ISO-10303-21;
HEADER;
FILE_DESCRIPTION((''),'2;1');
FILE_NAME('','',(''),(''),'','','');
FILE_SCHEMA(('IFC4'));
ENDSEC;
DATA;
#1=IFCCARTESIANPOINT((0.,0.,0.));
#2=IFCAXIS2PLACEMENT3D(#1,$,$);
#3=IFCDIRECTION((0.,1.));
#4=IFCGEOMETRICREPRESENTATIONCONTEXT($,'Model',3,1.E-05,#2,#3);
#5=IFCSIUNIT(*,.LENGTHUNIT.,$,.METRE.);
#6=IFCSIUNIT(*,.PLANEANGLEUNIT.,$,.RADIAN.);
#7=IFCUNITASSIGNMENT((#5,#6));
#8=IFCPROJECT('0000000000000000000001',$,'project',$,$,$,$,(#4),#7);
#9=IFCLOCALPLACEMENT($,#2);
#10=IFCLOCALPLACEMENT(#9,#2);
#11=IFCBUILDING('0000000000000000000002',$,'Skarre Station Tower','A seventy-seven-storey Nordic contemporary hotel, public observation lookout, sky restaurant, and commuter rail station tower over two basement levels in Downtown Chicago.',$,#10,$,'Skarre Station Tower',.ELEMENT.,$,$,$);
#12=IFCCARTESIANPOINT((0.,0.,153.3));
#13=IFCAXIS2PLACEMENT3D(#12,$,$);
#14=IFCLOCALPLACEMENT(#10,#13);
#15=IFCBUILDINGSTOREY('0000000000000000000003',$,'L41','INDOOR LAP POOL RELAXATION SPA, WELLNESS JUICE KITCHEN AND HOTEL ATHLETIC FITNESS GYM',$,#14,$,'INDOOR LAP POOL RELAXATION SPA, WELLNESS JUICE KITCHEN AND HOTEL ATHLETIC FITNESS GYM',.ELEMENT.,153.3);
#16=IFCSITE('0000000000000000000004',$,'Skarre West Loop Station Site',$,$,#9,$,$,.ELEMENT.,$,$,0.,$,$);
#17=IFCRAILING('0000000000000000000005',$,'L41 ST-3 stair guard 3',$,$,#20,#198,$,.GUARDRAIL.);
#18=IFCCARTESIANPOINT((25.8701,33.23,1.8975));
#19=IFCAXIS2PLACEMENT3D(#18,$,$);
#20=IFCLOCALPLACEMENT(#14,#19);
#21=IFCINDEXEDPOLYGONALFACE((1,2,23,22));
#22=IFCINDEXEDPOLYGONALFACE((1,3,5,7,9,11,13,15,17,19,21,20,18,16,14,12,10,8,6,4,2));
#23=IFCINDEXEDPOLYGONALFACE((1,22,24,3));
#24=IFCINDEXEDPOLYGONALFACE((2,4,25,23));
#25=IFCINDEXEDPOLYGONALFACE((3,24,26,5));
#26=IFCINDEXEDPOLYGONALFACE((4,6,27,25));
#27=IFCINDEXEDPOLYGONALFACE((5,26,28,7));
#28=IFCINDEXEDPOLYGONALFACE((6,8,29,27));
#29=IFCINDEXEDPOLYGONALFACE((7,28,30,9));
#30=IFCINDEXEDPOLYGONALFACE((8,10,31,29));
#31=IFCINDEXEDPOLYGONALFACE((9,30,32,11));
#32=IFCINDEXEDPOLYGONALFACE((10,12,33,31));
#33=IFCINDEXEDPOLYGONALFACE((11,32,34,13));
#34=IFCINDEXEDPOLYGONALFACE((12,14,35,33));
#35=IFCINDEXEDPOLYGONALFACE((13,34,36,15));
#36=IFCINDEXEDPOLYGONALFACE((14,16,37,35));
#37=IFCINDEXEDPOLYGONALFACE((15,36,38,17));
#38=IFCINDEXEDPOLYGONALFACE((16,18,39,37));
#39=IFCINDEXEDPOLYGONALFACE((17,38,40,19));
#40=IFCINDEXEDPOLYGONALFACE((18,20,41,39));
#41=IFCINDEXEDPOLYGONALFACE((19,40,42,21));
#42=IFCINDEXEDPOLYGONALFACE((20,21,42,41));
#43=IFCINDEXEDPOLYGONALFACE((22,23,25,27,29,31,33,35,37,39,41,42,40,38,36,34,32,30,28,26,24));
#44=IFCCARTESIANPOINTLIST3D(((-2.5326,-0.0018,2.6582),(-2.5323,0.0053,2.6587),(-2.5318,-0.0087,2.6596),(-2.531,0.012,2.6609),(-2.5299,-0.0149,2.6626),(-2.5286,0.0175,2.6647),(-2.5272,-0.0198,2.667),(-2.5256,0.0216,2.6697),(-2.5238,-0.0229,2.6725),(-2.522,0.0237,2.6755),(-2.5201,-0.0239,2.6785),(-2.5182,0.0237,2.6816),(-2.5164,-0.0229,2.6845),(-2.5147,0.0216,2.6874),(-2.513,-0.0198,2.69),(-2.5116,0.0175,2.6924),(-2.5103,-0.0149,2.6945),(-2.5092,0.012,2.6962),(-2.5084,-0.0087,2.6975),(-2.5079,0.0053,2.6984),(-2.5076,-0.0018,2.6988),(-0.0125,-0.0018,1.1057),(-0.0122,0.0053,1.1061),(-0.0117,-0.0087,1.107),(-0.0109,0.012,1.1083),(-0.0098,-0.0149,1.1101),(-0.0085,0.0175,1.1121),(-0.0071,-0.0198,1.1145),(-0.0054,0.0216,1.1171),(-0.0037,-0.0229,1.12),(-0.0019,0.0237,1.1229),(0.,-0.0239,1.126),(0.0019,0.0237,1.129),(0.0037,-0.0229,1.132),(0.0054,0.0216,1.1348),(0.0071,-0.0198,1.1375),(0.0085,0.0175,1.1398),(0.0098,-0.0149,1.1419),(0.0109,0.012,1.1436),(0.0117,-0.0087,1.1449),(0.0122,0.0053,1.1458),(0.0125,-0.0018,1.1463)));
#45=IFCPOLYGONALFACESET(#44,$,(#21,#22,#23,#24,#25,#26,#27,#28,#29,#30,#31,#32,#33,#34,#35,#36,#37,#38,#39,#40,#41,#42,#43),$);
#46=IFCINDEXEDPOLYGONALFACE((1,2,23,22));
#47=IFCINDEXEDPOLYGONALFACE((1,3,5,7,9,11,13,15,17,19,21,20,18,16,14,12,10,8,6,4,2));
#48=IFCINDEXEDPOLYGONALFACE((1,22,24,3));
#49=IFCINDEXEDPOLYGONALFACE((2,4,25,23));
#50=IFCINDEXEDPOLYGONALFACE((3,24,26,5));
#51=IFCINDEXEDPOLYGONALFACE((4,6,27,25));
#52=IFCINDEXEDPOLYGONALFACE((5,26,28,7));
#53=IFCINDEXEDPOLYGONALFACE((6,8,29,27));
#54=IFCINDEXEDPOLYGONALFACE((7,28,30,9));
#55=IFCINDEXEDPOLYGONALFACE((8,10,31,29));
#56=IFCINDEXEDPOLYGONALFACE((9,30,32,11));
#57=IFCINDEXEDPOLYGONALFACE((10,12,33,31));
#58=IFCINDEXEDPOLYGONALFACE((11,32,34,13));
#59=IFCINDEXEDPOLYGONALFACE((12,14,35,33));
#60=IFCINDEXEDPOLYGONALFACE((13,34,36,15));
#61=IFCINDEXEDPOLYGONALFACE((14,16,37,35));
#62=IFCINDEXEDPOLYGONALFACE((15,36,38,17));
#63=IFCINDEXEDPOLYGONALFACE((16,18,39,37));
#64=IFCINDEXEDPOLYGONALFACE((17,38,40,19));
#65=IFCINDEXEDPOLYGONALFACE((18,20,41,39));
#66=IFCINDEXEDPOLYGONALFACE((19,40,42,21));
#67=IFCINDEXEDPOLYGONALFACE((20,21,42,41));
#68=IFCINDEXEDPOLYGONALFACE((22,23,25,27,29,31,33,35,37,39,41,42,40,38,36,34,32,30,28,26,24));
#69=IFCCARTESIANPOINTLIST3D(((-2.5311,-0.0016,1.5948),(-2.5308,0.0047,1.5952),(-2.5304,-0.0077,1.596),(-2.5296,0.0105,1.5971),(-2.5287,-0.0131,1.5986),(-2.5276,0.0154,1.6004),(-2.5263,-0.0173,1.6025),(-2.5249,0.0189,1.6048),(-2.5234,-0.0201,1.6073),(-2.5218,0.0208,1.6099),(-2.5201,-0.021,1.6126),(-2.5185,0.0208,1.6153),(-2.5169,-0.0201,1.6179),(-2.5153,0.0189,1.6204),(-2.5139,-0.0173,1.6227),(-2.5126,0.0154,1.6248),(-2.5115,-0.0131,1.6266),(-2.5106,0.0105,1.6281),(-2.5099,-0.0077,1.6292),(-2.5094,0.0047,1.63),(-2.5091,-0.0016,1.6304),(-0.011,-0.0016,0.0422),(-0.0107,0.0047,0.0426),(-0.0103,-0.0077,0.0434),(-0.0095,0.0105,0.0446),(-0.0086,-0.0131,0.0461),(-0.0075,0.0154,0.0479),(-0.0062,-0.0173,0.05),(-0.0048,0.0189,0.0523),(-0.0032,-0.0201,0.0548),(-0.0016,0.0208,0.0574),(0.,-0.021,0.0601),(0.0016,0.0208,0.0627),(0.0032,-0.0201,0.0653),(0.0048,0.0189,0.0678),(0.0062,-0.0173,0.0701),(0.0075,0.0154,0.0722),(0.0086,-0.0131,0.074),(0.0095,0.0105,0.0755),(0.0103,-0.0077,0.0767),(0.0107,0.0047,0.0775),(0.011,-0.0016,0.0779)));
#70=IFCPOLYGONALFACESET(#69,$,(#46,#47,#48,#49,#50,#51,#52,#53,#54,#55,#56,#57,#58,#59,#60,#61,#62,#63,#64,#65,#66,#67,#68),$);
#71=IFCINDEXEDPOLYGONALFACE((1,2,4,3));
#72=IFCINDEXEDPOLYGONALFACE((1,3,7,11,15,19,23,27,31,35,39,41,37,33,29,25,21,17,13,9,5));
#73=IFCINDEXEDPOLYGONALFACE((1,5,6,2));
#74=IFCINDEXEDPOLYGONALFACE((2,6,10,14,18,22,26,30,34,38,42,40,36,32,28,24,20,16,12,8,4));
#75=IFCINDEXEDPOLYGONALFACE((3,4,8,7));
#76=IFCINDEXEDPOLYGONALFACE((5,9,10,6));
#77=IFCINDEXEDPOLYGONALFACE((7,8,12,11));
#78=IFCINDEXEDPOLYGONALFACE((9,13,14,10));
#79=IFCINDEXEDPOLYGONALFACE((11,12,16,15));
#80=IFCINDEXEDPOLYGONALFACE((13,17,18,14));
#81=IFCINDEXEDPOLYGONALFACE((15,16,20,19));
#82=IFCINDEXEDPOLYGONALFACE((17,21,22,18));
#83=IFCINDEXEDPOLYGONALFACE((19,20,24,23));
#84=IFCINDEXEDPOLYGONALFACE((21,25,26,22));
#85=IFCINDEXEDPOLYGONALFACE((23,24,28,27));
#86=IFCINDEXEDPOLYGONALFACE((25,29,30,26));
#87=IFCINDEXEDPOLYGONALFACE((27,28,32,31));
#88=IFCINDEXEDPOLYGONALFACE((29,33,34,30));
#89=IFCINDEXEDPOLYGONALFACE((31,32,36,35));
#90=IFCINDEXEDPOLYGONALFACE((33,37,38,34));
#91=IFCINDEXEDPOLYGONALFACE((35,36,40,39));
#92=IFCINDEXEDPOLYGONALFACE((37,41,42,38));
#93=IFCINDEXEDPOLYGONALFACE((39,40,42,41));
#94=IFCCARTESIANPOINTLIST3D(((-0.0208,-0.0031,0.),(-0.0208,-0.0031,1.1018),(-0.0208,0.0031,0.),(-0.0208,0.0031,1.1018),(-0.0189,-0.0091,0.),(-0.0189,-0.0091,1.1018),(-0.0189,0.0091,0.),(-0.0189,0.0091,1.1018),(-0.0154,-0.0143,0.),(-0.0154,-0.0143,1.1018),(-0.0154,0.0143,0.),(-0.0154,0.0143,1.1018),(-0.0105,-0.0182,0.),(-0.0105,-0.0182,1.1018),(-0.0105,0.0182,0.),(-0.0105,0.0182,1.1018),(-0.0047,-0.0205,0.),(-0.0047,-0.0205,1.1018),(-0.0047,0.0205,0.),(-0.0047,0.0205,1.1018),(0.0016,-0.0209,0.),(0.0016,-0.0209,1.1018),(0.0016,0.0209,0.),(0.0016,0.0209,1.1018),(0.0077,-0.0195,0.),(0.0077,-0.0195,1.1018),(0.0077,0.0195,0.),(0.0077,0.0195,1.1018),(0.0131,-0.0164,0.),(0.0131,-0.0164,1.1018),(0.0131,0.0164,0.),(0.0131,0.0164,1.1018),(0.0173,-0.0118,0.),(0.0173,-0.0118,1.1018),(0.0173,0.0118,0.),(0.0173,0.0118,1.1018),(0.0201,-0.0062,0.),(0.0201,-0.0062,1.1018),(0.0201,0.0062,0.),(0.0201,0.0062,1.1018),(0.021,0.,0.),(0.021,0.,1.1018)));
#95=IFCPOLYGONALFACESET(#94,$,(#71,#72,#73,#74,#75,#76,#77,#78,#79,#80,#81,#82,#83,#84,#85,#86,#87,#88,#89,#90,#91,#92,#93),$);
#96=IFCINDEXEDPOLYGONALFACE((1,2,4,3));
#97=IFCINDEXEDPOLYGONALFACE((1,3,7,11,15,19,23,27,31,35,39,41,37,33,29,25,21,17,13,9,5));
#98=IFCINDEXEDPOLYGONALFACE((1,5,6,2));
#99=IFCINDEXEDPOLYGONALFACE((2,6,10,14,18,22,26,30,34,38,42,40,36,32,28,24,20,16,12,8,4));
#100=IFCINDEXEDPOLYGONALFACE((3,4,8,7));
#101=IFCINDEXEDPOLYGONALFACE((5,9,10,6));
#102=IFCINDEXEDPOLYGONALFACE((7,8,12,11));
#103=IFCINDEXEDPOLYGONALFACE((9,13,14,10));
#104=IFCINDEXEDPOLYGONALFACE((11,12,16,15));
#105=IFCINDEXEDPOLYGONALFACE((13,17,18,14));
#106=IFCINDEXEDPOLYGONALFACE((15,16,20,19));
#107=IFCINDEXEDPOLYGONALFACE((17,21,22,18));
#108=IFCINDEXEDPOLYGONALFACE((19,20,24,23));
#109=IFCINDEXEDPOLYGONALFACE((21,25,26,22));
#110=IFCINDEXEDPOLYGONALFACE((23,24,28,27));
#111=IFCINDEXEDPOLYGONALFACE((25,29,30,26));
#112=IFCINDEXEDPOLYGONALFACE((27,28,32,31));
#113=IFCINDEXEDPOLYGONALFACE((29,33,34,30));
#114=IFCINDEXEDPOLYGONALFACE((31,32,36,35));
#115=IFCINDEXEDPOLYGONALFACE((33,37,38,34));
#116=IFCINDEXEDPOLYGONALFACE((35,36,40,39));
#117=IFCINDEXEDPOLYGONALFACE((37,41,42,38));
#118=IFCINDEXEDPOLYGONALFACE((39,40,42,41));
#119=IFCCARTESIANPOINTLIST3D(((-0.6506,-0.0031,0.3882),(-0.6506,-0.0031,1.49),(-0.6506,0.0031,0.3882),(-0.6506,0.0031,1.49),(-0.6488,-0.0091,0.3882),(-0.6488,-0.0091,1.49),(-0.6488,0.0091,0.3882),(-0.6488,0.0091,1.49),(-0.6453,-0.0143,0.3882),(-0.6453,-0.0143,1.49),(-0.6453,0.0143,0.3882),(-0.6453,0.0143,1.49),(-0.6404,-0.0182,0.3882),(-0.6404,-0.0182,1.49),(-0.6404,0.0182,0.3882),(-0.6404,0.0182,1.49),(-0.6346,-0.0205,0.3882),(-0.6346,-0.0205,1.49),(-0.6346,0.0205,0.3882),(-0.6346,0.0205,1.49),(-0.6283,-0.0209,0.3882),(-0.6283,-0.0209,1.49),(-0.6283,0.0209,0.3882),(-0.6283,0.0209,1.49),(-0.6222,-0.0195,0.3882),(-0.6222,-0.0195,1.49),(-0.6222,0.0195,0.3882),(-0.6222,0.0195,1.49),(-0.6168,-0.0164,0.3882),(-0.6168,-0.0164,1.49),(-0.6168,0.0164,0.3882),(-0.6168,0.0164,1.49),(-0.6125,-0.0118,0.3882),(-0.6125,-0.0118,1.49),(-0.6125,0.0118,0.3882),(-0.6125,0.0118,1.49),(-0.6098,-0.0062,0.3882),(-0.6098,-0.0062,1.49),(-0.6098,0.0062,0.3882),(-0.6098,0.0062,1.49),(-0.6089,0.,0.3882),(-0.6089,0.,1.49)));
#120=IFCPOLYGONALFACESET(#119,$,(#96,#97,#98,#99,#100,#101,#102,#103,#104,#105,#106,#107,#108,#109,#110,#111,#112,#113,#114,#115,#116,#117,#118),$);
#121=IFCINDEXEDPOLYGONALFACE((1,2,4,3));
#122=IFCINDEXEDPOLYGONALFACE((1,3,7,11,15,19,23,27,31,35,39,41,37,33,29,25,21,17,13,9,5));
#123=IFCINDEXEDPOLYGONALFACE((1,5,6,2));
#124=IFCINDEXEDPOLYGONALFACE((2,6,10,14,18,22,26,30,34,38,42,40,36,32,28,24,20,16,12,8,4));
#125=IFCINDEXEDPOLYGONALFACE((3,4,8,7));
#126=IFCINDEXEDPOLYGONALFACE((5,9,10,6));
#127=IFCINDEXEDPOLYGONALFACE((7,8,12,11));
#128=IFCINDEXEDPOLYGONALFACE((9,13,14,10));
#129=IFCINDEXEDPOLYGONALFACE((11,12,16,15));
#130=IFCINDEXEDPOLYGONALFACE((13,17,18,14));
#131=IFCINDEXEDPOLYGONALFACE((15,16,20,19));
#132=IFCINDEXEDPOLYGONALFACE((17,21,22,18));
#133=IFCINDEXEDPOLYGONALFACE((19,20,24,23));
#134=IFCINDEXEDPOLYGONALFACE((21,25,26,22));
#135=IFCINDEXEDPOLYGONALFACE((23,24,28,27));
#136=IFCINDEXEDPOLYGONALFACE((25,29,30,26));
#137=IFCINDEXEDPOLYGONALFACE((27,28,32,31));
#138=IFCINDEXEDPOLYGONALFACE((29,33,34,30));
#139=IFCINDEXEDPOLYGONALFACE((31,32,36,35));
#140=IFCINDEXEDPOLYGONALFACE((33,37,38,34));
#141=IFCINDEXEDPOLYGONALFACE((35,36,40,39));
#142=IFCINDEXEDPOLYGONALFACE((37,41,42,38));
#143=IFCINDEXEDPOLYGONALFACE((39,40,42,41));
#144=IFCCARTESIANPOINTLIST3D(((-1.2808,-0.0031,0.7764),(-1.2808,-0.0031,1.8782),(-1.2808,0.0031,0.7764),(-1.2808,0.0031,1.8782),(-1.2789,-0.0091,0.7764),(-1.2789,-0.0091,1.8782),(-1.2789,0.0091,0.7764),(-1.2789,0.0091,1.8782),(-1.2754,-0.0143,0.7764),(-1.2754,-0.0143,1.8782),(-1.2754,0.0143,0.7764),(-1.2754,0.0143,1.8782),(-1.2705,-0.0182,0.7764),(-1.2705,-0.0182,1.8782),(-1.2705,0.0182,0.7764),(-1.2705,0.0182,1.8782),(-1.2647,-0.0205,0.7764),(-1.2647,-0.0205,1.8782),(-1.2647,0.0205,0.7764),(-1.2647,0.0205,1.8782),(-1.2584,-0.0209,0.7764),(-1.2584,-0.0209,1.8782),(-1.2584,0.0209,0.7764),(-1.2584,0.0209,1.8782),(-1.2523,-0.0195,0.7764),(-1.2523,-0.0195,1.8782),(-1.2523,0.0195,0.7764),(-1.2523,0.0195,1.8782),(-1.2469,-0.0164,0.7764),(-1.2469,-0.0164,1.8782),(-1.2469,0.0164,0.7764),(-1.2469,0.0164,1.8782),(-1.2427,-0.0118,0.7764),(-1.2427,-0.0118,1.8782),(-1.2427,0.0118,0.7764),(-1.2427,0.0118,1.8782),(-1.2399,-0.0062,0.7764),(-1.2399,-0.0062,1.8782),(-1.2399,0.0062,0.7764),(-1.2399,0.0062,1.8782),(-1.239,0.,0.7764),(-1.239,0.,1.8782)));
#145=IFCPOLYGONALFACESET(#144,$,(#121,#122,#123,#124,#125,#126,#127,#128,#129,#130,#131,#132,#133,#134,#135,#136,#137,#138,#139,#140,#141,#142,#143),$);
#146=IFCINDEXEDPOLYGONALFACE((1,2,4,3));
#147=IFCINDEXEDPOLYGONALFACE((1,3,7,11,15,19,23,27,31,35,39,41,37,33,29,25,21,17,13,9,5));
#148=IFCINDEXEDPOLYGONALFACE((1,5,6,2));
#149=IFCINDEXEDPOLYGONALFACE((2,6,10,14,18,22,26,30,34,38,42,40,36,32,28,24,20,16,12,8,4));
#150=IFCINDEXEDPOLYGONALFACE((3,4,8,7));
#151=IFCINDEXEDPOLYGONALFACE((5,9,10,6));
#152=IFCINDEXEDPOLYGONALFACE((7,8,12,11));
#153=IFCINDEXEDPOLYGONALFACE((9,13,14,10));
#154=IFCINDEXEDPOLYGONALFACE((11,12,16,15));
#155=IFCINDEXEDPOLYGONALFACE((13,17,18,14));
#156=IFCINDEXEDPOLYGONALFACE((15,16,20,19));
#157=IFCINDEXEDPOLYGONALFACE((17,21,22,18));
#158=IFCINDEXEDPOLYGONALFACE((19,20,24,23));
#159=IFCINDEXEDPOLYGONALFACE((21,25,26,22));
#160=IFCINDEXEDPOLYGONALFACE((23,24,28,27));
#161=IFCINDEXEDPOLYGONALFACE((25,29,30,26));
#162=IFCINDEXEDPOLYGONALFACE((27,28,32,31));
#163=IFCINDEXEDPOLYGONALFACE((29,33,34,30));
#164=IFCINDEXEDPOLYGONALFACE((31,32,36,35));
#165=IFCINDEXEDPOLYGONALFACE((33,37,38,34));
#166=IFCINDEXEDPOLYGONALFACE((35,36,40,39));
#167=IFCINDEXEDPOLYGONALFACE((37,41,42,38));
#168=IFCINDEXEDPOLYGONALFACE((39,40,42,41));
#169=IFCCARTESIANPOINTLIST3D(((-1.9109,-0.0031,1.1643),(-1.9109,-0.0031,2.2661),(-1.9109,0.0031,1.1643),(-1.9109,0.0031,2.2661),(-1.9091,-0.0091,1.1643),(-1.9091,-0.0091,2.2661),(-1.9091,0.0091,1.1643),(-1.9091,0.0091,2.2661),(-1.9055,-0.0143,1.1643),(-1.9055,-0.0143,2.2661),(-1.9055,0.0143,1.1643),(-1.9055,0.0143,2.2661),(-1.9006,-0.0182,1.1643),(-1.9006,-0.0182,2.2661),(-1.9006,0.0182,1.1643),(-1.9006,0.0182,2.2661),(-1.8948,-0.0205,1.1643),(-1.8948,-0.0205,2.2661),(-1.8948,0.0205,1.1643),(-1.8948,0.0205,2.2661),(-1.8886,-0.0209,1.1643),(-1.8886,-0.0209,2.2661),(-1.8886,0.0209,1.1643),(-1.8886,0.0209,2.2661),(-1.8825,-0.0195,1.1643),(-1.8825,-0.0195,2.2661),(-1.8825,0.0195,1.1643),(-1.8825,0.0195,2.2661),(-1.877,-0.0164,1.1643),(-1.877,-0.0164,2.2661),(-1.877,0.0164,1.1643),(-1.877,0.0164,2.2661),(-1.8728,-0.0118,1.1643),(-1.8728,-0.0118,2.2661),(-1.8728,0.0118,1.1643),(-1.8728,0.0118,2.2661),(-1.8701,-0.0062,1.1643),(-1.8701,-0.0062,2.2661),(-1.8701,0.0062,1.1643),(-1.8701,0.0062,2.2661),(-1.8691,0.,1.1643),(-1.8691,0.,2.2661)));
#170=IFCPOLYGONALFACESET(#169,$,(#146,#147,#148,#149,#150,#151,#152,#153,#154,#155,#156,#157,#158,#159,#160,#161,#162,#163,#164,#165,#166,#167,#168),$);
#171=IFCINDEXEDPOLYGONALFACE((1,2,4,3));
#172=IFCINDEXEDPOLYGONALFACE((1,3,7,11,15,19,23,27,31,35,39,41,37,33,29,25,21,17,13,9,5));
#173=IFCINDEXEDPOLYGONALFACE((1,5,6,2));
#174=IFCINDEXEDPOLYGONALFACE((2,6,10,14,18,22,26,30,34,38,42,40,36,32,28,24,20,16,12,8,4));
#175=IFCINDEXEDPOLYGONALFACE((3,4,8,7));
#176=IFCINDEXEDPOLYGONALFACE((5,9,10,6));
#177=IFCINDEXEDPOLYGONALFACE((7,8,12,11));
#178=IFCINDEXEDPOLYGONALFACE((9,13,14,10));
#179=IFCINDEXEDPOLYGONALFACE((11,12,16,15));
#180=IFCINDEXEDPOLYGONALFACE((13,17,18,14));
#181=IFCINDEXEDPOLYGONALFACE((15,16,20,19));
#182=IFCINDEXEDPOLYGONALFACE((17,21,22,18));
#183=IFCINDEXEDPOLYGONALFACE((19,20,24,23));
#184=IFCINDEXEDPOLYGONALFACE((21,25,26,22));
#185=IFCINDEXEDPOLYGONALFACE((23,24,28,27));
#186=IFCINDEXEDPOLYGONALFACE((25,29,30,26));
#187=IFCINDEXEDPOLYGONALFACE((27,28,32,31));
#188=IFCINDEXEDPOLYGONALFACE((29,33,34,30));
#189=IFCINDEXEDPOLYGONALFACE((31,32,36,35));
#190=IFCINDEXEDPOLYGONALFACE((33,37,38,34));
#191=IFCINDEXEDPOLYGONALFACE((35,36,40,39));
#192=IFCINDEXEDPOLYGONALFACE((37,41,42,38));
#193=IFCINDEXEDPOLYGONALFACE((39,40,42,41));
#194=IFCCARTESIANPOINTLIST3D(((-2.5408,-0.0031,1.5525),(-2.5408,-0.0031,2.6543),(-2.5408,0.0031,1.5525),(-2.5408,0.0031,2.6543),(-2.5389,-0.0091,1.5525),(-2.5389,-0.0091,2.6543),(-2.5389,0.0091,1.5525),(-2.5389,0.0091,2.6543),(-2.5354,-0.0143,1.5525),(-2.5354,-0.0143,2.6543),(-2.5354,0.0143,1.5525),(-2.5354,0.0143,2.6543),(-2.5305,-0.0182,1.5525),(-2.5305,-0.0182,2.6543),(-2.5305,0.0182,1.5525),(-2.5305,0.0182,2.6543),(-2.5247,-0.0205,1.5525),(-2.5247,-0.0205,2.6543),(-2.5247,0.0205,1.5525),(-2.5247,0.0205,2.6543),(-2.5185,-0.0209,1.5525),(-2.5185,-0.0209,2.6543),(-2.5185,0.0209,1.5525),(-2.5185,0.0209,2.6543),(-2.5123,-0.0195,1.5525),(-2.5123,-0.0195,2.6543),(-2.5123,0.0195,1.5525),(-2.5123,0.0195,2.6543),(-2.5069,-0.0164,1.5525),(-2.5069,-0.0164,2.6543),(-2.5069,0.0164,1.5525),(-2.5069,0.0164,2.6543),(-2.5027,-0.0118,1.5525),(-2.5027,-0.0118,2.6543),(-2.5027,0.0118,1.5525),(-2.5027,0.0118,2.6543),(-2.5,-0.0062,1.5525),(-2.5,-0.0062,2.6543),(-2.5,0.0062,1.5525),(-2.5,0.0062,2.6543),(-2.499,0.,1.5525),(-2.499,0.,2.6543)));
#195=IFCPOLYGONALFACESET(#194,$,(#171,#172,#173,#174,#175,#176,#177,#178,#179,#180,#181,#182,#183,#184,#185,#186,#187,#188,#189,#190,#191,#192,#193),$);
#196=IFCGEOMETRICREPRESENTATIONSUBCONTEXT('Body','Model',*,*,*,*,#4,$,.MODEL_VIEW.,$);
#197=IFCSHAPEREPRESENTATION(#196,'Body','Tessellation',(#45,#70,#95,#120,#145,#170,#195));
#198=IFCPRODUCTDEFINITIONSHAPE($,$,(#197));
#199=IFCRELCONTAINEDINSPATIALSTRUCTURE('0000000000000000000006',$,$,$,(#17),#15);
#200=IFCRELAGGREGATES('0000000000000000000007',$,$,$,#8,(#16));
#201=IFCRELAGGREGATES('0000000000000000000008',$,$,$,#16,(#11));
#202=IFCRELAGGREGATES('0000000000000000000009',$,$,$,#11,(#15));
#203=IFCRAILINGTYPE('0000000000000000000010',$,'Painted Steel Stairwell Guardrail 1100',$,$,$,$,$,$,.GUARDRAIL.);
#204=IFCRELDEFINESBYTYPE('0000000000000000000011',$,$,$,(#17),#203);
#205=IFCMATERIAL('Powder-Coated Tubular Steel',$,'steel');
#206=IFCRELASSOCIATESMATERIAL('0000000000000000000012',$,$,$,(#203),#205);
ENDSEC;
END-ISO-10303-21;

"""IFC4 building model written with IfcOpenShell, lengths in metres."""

from ifc_helpers import new_model, si_unit, direction, frame, origin, origin_2d, place, context, subcontext, project, spatial, circle, extrude, material, type_object, element, save


model = new_model("IFC4")

# Units and contexts
model_context = context("Model", 3, precision=1e-05, world=origin(), true_north=direction((0.0, 1.0)))
body_context = subcontext(model_context, "Body", "Model", "MODEL_VIEW")
ifc_project = project(units=[si_unit("LENGTHUNIT", "METRE"), si_unit("PLANEANGLEUNIT", "RADIAN")], contexts=[model_context])

# Site, building, storey
site_placement = place(None, origin())
site = spatial("IfcSite", under=ifc_project, at=site_placement, Name="Skarre West Loop Station Site", CompositionType="ELEMENT", RefElevation=0.0)
building_placement = place(site_placement, origin())
building = spatial("IfcBuilding", under=site, at=building_placement, Name="Skarre Station Tower", Description="A seventy-seven-storey Nordic contemporary hotel, public observation lookout, sky restaurant, and commuter rail station tower over two basement levels in Downtown Chicago.", LongName="Skarre Station Tower", CompositionType="ELEMENT")
storey_placement = place(building_placement, frame((0.0, 0.0, 153.3)))
storey = spatial("IfcBuildingStorey", under=building, at=storey_placement, Name="L41", Description="INDOOR LAP POOL RELAXATION SPA, WELLNESS JUICE KITCHEN AND HOTEL ATHLETIC FITNESS GYM", LongName="INDOOR LAP POOL RELAXATION SPA, WELLNESS JUICE KITCHEN AND HOTEL ATHLETIC FITNESS GYM", CompositionType="ELEMENT", Elevation=153.3)

# Railing
ifc_material_1 = material(Name="Powder-Coated Tubular Steel", Category="steel")
railing_type_1 = type_object("IfcRailingType", Name="Painted Steel Stairwell Guardrail 1100", PredefinedType="GUARDRAIL", material=ifc_material_1)
railing_1_placement = place(storey_placement, frame((25.8701, 33.23, 1.8975)))
element("IfcRailing", 1, at=railing_1_placement, inside=storey, type_object=railing_type_1, Name="L41 ST-3 stair guard 3", PredefinedType="GUARDRAIL", context=body_context, shape_type="SweptSolid", body=[
    extrude(circle(Radius=0.0239, at=origin_2d()), frame((0.0, 0.0, 1.126), z_axis=(-0.8514, 0.0, 0.524516), x_axis=(0.0, -1.0, 0.0)), (0.0, 0.0, 1.0), 2.96),
    extrude(circle(Radius=0.021, at=origin_2d()), frame((0.0, 0.0, 0.0601), z_axis=(-0.8514, 0.0, 0.524516), x_axis=(0.0, -1.0, 0.0)), (0.0, 0.0, 1.0), 2.96),
    extrude(circle(Radius=0.021, at=origin_2d()), origin(), (0.0, 0.0, 1.0), 1.1018),
    extrude(circle(Radius=0.021, at=origin_2d()), frame((-0.6299, 0.0, 0.3882)), (0.0, 0.0, 1.0), 1.1018),
    extrude(circle(Radius=0.021, at=origin_2d()), frame((-1.26, 0.0, 0.7764)), (0.0, 0.0, 1.0), 1.1018),
    extrude(circle(Radius=0.021, at=origin_2d()), frame((-1.8901, 0.0, 1.1643)), (0.0, 0.0, 1.0), 1.1018),
    extrude(circle(Radius=0.021, at=origin_2d()), frame((-2.52, 0.0, 1.5525)), (0.0, 0.0, 1.0), 1.1018),
])

save(model, "model.ifc")
